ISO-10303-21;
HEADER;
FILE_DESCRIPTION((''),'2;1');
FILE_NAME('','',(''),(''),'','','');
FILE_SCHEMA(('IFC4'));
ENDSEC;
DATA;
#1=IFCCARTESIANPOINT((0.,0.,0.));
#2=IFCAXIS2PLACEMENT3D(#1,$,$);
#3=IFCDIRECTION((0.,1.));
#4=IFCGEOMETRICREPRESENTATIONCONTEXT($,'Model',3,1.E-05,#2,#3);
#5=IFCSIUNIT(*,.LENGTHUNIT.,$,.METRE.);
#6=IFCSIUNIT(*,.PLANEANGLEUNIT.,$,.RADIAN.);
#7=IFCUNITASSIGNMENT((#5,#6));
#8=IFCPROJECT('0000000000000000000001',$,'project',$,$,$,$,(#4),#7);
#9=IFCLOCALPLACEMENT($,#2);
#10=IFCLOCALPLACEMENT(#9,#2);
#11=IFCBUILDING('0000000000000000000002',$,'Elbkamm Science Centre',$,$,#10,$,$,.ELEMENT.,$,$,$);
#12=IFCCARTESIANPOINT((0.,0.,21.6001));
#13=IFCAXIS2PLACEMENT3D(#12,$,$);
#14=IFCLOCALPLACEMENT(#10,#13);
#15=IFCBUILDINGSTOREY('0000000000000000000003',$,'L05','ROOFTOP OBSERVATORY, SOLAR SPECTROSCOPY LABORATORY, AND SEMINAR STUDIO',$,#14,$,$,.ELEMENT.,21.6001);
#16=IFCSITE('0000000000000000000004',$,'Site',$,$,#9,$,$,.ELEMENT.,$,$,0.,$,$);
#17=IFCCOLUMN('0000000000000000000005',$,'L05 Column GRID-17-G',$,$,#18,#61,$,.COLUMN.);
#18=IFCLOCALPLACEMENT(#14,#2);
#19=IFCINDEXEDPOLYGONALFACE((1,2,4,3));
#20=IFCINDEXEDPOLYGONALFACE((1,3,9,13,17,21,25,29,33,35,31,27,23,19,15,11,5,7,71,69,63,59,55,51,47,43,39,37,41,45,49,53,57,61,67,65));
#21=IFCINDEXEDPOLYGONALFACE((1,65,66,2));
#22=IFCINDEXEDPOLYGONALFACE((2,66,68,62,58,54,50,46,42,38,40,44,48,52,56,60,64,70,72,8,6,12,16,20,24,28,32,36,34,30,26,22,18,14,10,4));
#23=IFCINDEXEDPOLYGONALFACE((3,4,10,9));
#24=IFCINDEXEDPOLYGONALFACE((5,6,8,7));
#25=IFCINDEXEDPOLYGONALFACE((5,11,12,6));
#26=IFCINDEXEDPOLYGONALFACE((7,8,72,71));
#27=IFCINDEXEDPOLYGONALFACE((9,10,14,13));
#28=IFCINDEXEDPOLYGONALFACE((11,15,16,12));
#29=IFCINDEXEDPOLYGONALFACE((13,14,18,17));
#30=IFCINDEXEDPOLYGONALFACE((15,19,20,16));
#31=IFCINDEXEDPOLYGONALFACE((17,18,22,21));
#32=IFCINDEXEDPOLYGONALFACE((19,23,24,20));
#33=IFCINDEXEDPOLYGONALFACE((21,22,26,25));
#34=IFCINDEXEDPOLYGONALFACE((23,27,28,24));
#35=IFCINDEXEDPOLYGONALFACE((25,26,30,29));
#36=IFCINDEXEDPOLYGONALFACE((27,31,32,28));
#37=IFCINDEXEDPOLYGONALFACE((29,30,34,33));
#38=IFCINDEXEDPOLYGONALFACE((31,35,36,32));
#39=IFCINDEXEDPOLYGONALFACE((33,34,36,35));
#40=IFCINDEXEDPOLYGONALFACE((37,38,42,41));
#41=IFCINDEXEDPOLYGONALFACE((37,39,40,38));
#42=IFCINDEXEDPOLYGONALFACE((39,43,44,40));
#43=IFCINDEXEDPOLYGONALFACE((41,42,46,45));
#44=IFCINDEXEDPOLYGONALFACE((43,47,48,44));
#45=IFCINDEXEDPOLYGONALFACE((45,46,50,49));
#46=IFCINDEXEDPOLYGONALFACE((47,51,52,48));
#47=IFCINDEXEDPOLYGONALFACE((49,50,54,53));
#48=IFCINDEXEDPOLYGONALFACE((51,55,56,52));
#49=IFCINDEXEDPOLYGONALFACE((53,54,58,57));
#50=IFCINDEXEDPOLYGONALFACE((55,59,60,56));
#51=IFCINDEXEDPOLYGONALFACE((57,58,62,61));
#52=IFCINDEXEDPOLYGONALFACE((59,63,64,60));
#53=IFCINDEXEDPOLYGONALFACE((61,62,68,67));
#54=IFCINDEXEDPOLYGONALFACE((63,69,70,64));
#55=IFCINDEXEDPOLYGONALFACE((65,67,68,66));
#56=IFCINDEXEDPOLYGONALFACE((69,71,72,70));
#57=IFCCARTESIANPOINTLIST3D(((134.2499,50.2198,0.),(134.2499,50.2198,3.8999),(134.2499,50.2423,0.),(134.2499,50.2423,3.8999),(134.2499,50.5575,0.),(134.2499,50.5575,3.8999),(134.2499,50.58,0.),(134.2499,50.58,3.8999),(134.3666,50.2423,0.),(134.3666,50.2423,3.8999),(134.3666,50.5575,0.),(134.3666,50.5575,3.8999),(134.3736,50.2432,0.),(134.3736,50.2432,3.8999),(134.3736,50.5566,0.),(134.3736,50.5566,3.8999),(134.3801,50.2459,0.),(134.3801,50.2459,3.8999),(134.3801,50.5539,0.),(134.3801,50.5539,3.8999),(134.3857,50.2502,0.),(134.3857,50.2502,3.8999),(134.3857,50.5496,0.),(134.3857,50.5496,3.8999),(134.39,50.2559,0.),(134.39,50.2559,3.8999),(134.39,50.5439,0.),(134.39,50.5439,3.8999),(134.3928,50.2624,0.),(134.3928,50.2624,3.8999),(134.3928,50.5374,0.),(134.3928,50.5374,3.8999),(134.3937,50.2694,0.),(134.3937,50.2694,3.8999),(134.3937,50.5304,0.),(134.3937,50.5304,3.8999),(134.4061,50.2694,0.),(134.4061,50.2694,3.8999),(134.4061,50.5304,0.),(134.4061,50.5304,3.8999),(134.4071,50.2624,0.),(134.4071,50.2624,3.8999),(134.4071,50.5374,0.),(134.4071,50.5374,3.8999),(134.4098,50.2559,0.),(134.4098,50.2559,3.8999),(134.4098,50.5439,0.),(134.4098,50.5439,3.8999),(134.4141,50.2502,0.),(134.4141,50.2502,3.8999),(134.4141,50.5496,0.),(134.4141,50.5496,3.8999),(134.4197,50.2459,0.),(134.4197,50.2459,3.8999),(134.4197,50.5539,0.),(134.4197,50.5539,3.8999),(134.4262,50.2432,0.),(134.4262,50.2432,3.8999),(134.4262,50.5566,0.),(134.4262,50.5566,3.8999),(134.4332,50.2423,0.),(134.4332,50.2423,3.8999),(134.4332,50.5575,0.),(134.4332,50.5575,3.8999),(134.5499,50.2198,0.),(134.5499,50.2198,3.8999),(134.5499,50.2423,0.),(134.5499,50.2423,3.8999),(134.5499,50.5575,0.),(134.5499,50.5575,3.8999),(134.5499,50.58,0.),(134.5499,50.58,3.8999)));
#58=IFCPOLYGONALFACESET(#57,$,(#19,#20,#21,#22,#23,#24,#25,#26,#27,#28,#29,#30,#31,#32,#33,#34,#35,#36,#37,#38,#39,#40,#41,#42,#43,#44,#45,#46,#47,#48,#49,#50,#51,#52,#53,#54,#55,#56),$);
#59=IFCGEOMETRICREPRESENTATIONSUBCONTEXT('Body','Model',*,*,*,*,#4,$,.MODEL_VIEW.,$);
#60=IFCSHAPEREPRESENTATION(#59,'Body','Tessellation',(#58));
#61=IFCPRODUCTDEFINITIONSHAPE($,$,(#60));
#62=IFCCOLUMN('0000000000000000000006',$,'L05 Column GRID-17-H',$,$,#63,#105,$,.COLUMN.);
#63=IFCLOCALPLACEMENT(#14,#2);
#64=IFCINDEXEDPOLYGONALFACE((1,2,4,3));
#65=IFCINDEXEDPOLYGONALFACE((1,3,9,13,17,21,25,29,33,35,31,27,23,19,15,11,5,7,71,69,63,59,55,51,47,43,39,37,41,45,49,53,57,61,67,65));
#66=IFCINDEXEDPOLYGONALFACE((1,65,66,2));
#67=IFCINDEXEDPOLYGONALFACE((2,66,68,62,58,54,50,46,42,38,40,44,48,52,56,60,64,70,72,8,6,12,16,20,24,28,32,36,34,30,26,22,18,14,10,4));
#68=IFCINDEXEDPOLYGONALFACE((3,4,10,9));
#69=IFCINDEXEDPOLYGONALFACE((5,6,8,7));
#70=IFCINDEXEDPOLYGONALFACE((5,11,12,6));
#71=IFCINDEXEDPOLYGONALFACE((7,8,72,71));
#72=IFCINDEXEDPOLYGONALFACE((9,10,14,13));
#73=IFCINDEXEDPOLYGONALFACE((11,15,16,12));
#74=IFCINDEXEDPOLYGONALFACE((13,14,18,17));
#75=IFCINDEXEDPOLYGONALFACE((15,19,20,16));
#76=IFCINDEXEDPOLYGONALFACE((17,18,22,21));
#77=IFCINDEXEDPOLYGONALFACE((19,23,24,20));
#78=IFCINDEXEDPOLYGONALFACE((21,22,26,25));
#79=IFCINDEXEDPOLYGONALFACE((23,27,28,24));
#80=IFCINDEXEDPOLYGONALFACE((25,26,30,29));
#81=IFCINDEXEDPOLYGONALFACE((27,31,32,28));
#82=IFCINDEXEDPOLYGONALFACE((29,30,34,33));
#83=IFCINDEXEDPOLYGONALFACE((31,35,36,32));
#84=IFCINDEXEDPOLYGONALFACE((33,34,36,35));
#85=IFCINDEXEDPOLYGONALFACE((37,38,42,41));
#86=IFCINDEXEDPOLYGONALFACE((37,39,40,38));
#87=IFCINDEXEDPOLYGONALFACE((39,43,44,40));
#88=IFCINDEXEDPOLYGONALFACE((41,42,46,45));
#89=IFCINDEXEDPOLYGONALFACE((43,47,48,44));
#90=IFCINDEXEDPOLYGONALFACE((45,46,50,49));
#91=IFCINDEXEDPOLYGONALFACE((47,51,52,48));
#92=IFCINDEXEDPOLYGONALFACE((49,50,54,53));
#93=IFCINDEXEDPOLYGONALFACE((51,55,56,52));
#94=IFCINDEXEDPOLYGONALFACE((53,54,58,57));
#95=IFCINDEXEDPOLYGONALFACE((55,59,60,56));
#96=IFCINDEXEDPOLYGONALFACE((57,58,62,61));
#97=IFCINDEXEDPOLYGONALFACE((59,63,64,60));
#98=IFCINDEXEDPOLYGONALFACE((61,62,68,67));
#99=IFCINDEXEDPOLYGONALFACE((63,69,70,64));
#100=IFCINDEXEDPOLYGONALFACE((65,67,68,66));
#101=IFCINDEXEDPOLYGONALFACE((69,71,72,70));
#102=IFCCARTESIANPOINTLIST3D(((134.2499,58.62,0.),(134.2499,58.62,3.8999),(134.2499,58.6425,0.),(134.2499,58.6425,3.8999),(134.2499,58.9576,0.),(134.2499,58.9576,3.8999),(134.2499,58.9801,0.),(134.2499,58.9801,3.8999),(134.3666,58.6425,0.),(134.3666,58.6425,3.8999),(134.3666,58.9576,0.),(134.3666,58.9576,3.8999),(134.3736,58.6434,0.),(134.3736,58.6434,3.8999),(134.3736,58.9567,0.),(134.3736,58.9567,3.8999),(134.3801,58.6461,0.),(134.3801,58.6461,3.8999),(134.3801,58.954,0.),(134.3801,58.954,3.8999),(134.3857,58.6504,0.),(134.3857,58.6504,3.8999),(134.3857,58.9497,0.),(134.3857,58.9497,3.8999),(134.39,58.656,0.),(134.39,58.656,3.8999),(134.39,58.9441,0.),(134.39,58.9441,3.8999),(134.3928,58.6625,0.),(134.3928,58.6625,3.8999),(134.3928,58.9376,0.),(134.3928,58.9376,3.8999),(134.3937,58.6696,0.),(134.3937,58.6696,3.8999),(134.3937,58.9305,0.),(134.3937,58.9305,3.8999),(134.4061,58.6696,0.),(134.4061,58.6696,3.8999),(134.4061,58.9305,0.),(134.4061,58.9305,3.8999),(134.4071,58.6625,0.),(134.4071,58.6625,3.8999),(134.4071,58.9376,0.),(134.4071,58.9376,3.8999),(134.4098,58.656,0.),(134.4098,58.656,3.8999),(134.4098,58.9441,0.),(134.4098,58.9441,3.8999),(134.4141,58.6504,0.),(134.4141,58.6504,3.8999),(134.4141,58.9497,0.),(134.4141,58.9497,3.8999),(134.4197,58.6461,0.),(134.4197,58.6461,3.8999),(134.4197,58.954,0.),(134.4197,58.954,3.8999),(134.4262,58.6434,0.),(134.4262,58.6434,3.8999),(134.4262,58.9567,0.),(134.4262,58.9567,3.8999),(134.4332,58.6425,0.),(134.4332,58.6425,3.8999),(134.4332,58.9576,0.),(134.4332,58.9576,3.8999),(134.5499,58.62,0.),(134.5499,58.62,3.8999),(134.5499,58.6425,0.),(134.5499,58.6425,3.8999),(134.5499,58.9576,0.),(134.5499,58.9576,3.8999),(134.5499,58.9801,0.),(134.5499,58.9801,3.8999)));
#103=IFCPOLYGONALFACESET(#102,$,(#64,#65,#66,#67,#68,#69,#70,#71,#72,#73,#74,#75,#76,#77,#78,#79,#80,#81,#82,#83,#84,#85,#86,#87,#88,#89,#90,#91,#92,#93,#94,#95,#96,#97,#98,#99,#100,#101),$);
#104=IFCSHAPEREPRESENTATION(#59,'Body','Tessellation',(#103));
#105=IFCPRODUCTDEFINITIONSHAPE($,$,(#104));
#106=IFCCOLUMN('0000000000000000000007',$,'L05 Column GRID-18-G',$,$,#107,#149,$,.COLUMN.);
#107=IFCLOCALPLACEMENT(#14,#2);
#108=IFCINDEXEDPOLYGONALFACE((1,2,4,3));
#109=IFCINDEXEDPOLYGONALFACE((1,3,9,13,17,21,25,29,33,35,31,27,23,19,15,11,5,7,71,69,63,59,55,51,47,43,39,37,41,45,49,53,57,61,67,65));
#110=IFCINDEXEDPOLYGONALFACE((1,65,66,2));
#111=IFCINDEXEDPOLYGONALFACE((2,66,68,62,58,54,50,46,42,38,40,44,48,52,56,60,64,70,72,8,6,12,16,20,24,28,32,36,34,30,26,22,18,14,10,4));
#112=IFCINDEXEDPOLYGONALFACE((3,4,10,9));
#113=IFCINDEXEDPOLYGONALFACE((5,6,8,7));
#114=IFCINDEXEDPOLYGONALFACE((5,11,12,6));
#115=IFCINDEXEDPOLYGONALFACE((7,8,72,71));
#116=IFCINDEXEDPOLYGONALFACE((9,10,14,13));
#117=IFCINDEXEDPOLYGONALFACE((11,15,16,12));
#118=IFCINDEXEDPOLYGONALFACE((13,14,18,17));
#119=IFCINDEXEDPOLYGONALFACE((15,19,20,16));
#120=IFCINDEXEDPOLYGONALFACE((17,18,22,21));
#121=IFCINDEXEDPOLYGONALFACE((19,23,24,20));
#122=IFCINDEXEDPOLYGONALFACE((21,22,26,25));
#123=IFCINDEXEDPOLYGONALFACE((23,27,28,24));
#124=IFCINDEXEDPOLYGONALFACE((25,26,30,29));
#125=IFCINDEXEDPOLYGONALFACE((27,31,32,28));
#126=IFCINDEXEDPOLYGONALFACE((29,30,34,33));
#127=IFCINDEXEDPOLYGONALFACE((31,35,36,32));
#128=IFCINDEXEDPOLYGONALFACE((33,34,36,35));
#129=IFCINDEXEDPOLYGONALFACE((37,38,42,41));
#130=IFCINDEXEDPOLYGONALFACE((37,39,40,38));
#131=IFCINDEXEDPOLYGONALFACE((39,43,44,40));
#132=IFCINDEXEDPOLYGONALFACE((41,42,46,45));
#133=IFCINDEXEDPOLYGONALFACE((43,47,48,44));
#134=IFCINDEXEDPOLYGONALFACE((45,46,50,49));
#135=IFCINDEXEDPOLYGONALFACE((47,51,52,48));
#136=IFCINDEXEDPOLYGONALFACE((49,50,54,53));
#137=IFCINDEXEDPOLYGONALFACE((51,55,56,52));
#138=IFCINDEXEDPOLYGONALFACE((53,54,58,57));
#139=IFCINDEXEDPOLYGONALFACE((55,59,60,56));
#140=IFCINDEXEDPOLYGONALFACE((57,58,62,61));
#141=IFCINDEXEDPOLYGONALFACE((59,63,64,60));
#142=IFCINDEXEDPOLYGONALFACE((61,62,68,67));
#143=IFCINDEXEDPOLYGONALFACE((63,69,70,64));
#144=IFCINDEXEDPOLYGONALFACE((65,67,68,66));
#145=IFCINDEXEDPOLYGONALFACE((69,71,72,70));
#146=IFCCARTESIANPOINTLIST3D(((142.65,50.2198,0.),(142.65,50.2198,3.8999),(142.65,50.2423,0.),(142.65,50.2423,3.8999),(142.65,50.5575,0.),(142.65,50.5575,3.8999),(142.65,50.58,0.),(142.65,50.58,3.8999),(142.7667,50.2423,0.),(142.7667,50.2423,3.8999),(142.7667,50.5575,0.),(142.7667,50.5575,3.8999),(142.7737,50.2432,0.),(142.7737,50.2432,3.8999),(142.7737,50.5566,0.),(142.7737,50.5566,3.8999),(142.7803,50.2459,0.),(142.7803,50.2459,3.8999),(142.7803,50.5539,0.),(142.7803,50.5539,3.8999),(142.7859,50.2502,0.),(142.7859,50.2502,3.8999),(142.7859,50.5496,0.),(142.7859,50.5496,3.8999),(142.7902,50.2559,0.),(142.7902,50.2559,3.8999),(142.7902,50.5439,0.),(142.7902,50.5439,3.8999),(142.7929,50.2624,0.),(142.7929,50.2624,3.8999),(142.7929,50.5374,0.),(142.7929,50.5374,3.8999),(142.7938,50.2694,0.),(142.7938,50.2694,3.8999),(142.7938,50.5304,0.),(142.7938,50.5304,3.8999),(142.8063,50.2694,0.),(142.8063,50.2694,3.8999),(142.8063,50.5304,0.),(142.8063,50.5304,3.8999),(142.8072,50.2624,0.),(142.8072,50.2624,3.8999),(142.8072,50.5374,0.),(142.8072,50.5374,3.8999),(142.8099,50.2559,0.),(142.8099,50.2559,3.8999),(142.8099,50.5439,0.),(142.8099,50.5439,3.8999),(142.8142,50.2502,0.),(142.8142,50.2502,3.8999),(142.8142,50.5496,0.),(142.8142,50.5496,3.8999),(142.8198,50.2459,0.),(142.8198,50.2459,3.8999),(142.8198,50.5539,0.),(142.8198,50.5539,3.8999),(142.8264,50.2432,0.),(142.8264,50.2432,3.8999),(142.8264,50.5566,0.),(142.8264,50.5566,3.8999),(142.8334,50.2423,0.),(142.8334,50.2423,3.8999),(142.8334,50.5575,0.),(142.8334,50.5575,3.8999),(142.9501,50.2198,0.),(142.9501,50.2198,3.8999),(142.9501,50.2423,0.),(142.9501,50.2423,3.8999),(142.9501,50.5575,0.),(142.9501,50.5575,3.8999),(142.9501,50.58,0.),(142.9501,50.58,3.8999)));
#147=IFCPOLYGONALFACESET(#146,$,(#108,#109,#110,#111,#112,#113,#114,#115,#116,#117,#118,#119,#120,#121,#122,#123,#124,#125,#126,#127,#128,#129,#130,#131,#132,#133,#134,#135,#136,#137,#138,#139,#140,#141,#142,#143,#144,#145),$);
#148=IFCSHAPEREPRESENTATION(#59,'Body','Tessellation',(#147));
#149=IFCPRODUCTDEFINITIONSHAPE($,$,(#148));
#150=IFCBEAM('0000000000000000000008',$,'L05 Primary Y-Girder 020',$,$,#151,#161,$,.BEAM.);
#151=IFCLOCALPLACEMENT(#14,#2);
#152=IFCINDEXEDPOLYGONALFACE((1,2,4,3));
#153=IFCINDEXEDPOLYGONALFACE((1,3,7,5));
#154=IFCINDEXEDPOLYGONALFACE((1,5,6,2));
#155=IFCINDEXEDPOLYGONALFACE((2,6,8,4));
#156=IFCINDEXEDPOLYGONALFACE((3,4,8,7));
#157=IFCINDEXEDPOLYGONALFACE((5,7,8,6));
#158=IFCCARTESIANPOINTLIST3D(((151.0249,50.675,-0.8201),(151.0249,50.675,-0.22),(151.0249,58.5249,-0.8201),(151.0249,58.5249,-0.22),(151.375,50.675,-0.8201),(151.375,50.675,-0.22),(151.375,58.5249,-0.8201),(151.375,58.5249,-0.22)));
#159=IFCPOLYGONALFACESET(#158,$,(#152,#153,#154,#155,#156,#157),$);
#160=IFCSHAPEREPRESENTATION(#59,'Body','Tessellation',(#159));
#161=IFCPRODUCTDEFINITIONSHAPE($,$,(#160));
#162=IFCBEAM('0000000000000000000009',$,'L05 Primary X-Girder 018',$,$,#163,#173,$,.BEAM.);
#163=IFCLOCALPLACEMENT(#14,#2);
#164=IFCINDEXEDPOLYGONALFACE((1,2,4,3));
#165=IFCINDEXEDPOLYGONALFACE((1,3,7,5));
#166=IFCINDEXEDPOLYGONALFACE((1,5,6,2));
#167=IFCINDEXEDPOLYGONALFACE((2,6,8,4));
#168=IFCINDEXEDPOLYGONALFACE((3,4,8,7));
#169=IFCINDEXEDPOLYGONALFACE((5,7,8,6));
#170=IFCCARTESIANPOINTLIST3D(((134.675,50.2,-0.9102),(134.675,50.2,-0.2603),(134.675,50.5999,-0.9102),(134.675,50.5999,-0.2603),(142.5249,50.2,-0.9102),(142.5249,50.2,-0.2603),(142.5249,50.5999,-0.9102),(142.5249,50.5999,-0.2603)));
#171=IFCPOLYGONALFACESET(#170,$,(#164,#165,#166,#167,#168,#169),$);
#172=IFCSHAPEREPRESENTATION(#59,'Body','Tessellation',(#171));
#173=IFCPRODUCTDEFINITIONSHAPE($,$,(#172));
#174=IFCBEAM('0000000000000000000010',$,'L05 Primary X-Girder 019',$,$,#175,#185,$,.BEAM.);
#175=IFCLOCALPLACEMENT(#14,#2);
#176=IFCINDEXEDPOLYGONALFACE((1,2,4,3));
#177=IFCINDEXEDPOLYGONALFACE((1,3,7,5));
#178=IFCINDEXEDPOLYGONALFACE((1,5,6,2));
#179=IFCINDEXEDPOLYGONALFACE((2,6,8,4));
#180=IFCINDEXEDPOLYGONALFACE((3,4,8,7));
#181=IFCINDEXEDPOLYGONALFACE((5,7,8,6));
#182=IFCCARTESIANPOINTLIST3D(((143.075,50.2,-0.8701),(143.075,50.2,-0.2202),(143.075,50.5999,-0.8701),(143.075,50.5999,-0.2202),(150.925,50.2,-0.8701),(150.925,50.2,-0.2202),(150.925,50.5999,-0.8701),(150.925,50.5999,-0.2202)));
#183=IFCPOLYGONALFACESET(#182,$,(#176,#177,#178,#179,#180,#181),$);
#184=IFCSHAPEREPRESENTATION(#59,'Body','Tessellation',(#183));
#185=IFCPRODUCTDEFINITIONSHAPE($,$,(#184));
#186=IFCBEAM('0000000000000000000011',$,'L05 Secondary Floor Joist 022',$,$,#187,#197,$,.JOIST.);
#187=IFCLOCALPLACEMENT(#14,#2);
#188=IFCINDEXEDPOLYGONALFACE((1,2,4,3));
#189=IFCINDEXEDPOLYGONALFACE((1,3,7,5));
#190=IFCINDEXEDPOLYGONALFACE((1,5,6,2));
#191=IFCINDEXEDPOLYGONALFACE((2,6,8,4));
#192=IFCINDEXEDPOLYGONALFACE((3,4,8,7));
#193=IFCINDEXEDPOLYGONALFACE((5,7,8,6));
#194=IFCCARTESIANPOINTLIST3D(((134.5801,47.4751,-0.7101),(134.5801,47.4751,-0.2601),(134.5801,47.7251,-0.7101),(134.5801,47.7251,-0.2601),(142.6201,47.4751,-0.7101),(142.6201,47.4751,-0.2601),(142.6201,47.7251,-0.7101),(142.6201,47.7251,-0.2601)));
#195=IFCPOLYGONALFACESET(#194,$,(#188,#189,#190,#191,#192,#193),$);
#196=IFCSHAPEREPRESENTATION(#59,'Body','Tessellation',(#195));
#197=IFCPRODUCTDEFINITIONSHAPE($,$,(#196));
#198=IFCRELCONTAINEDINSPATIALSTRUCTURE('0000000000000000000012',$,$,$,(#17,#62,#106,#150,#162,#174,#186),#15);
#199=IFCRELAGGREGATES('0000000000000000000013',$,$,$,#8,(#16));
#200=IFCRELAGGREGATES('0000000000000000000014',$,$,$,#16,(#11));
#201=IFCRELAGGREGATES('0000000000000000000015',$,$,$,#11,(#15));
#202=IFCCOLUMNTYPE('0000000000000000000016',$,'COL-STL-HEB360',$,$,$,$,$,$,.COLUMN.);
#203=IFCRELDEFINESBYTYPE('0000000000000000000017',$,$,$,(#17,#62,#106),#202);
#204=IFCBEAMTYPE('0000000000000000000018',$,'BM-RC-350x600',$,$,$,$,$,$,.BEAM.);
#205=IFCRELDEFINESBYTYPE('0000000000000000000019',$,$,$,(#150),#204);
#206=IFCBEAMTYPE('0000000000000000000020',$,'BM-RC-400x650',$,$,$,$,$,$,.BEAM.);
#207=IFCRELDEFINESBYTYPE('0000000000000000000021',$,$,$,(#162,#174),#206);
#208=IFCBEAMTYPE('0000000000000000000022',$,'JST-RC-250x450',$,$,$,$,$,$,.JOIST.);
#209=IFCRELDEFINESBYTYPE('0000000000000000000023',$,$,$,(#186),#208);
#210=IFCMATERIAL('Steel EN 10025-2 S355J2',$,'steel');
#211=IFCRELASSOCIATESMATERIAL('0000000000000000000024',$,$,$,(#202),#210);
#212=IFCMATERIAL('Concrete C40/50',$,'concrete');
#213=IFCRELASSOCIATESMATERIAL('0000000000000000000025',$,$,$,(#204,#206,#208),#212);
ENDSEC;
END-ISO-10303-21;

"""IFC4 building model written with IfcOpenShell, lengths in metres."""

from ifc_helpers import new_model, si_unit, direction, frame, origin, origin_2d, place, context, subcontext, project, spatial, rectangle, i_section, extrude, material, material_profile, profile_set, type_object, element, save


model = new_model("IFC4")

# Units and contexts
model_context = context("Model", 3, precision=1e-05, world=origin(), true_north=direction((0.0, 1.0)))
body_context = subcontext(model_context, "Body", "Model", "MODEL_VIEW")
ifc_project = project(units=[si_unit("LENGTHUNIT", "METRE"), si_unit("PLANEANGLEUNIT", "RADIAN")], contexts=[model_context])

# Site, building, storey
site_placement = place(None, origin())
site = spatial("IfcSite", under=ifc_project, at=site_placement, Name="Site", CompositionType="ELEMENT", RefElevation=0.0)
building_placement = place(site_placement, origin())
building = spatial("IfcBuilding", under=site, at=building_placement, Name="Elbkamm Science Centre", CompositionType="ELEMENT")
storey_placement = place(building_placement, frame((0.0, 0.0, 21.6001)))
storey = spatial("IfcBuildingStorey", under=building, at=storey_placement, Name="L05", Description="ROOFTOP OBSERVATORY, SOLAR SPECTROSCOPY LABORATORY, AND SEMINAR STUDIO", CompositionType="ELEMENT", Elevation=21.6001)

# Columns
ifc_material_1 = material(Name="Steel EN 10025-2 S355J2", Category="steel")
ifc_material_profile_1 = material_profile(ifc_material_1, i_section(OverallWidth=0.3, OverallDepth=0.3601, WebThickness=0.0125, FlangeThickness=0.0225, FilletRadius=0.0271, at=origin_2d()), Name="HEB 360")
ifc_profile_set_1 = profile_set([ifc_material_profile_1], Name="Steel EN 10025-2 S355J2")
column_type = type_object("IfcColumnType", Name="COL-STL-HEB360", PredefinedType="COLUMN", material=ifc_profile_set_1)
for number, where, z_axis, x_axis, name in (
    (1, (134.3999, 50.3999, 0.0), (0.0, 0.0, 1.0), (1.0, 0.0, 0.0), "L05 Column GRID-17-G"),
    (2, (134.3999, 58.8, 0.0), (0.0, 0.0, 1.0), (1.0, 0.0, 0.0), "L05 Column GRID-17-H"),
    (3, (142.8, 50.3999, 0.0), (0.0, 0.0, 1.0), (1.0, 0.0, 0.0), "L05 Column GRID-18-G"),
):
    element("IfcColumn", number, at=place(storey_placement, frame(where, z_axis=z_axis, x_axis=x_axis)), inside=storey, type_object=column_type, Name=name, PredefinedType="COLUMN", context=body_context, shape_type="SweptSolid", body=[
        extrude(i_section(OverallWidth=0.3, OverallDepth=0.3601, WebThickness=0.0125, FlangeThickness=0.0225, FilletRadius=0.0271, at=origin_2d()), origin(), (0.0, 0.0, 1.0), 3.8999),
    ])

# Beams
ifc_material_2 = material(Name="Concrete C40/50", Category="concrete")
ifc_material_profile_2 = material_profile(ifc_material_2, rectangle(XDim=0.3501, YDim=0.6001, at=origin_2d()), Name="RC 350x600")
ifc_profile_set_2 = profile_set([ifc_material_profile_2], Name="Concrete C40/50")
beam_type_1 = type_object("IfcBeamType", Name="BM-RC-350x600", PredefinedType="BEAM", material=ifc_profile_set_2)
beam_1_placement = place(storey_placement, frame((151.2, 50.675, -0.52), z_axis=(0.0, 1.0, 0.0), x_axis=(-1.0, 0.0, 0.0)))
element("IfcBeam", 4, at=beam_1_placement, inside=storey, type_object=beam_type_1, Name="L05 Primary Y-Girder 020", PredefinedType="BEAM", context=body_context, shape_type="SweptSolid", body=[
    extrude(rectangle(XDim=0.3501, YDim=0.6001, at=origin_2d()), origin(), (0.0, 0.0, 1.0), 7.8499),
])
ifc_material_profile_3 = material_profile(ifc_material_2, rectangle(XDim=0.3999, YDim=0.6499, at=origin_2d()), Name="RC 400x650")
ifc_profile_set_3 = profile_set([ifc_material_profile_3], Name="Concrete C40/50")
beam_type_2 = type_object("IfcBeamType", Name="BM-RC-400x650", PredefinedType="BEAM", material=ifc_profile_set_3)
beam_2_placement = place(storey_placement, frame((134.675, 50.3999, -0.5852), z_axis=(1.0, 0.0, 0.0), x_axis=(0.0, 1.0, 0.0)))
element("IfcBeam", 5, at=beam_2_placement, inside=storey, type_object=beam_type_2, Name="L05 Primary X-Girder 018", PredefinedType="BEAM", context=body_context, shape_type="SweptSolid", body=[
    extrude(rectangle(XDim=0.3999, YDim=0.6499, at=origin_2d()), origin(), (0.0, 0.0, 1.0), 7.8499),
])
beam_3_placement = place(storey_placement, frame((143.075, 50.3999, -0.5452), z_axis=(1.0, 0.0, 0.0), x_axis=(0.0, 1.0, 0.0)))
element("IfcBeam", 6, at=beam_3_placement, inside=storey, type_object=beam_type_2, Name="L05 Primary X-Girder 019", PredefinedType="BEAM", context=body_context, shape_type="SweptSolid", body=[
    extrude(rectangle(XDim=0.3999, YDim=0.6499, at=origin_2d()), origin(), (0.0, 0.0, 1.0), 7.8501),
])
ifc_material_profile_4 = material_profile(ifc_material_2, rectangle(XDim=0.25, YDim=0.45, at=origin_2d()), Name="RC 250x450")
ifc_profile_set_4 = profile_set([ifc_material_profile_4], Name="Concrete C40/50")
beam_type_3 = type_object("IfcBeamType", Name="JST-RC-250x450", PredefinedType="JOIST", material=ifc_profile_set_4)
for number, where, z_axis, x_axis, name in (
    (7, (134.5801, 47.6001, -0.4851), (1.0, 0.0, 0.0), (0.0, 1.0, 0.0), "L05 Secondary Floor Joist 022"),
):
    element("IfcBeam", number, at=place(storey_placement, frame(where, z_axis=z_axis, x_axis=x_axis)), inside=storey, type_object=beam_type_3, Name=name, PredefinedType="JOIST", context=body_context, shape_type="SweptSolid", body=[
        extrude(rectangle(XDim=0.25, YDim=0.45, at=origin_2d()), origin(), (0.0, 0.0, 1.0), 8.04),
    ])

save(model, "model.ifc")
